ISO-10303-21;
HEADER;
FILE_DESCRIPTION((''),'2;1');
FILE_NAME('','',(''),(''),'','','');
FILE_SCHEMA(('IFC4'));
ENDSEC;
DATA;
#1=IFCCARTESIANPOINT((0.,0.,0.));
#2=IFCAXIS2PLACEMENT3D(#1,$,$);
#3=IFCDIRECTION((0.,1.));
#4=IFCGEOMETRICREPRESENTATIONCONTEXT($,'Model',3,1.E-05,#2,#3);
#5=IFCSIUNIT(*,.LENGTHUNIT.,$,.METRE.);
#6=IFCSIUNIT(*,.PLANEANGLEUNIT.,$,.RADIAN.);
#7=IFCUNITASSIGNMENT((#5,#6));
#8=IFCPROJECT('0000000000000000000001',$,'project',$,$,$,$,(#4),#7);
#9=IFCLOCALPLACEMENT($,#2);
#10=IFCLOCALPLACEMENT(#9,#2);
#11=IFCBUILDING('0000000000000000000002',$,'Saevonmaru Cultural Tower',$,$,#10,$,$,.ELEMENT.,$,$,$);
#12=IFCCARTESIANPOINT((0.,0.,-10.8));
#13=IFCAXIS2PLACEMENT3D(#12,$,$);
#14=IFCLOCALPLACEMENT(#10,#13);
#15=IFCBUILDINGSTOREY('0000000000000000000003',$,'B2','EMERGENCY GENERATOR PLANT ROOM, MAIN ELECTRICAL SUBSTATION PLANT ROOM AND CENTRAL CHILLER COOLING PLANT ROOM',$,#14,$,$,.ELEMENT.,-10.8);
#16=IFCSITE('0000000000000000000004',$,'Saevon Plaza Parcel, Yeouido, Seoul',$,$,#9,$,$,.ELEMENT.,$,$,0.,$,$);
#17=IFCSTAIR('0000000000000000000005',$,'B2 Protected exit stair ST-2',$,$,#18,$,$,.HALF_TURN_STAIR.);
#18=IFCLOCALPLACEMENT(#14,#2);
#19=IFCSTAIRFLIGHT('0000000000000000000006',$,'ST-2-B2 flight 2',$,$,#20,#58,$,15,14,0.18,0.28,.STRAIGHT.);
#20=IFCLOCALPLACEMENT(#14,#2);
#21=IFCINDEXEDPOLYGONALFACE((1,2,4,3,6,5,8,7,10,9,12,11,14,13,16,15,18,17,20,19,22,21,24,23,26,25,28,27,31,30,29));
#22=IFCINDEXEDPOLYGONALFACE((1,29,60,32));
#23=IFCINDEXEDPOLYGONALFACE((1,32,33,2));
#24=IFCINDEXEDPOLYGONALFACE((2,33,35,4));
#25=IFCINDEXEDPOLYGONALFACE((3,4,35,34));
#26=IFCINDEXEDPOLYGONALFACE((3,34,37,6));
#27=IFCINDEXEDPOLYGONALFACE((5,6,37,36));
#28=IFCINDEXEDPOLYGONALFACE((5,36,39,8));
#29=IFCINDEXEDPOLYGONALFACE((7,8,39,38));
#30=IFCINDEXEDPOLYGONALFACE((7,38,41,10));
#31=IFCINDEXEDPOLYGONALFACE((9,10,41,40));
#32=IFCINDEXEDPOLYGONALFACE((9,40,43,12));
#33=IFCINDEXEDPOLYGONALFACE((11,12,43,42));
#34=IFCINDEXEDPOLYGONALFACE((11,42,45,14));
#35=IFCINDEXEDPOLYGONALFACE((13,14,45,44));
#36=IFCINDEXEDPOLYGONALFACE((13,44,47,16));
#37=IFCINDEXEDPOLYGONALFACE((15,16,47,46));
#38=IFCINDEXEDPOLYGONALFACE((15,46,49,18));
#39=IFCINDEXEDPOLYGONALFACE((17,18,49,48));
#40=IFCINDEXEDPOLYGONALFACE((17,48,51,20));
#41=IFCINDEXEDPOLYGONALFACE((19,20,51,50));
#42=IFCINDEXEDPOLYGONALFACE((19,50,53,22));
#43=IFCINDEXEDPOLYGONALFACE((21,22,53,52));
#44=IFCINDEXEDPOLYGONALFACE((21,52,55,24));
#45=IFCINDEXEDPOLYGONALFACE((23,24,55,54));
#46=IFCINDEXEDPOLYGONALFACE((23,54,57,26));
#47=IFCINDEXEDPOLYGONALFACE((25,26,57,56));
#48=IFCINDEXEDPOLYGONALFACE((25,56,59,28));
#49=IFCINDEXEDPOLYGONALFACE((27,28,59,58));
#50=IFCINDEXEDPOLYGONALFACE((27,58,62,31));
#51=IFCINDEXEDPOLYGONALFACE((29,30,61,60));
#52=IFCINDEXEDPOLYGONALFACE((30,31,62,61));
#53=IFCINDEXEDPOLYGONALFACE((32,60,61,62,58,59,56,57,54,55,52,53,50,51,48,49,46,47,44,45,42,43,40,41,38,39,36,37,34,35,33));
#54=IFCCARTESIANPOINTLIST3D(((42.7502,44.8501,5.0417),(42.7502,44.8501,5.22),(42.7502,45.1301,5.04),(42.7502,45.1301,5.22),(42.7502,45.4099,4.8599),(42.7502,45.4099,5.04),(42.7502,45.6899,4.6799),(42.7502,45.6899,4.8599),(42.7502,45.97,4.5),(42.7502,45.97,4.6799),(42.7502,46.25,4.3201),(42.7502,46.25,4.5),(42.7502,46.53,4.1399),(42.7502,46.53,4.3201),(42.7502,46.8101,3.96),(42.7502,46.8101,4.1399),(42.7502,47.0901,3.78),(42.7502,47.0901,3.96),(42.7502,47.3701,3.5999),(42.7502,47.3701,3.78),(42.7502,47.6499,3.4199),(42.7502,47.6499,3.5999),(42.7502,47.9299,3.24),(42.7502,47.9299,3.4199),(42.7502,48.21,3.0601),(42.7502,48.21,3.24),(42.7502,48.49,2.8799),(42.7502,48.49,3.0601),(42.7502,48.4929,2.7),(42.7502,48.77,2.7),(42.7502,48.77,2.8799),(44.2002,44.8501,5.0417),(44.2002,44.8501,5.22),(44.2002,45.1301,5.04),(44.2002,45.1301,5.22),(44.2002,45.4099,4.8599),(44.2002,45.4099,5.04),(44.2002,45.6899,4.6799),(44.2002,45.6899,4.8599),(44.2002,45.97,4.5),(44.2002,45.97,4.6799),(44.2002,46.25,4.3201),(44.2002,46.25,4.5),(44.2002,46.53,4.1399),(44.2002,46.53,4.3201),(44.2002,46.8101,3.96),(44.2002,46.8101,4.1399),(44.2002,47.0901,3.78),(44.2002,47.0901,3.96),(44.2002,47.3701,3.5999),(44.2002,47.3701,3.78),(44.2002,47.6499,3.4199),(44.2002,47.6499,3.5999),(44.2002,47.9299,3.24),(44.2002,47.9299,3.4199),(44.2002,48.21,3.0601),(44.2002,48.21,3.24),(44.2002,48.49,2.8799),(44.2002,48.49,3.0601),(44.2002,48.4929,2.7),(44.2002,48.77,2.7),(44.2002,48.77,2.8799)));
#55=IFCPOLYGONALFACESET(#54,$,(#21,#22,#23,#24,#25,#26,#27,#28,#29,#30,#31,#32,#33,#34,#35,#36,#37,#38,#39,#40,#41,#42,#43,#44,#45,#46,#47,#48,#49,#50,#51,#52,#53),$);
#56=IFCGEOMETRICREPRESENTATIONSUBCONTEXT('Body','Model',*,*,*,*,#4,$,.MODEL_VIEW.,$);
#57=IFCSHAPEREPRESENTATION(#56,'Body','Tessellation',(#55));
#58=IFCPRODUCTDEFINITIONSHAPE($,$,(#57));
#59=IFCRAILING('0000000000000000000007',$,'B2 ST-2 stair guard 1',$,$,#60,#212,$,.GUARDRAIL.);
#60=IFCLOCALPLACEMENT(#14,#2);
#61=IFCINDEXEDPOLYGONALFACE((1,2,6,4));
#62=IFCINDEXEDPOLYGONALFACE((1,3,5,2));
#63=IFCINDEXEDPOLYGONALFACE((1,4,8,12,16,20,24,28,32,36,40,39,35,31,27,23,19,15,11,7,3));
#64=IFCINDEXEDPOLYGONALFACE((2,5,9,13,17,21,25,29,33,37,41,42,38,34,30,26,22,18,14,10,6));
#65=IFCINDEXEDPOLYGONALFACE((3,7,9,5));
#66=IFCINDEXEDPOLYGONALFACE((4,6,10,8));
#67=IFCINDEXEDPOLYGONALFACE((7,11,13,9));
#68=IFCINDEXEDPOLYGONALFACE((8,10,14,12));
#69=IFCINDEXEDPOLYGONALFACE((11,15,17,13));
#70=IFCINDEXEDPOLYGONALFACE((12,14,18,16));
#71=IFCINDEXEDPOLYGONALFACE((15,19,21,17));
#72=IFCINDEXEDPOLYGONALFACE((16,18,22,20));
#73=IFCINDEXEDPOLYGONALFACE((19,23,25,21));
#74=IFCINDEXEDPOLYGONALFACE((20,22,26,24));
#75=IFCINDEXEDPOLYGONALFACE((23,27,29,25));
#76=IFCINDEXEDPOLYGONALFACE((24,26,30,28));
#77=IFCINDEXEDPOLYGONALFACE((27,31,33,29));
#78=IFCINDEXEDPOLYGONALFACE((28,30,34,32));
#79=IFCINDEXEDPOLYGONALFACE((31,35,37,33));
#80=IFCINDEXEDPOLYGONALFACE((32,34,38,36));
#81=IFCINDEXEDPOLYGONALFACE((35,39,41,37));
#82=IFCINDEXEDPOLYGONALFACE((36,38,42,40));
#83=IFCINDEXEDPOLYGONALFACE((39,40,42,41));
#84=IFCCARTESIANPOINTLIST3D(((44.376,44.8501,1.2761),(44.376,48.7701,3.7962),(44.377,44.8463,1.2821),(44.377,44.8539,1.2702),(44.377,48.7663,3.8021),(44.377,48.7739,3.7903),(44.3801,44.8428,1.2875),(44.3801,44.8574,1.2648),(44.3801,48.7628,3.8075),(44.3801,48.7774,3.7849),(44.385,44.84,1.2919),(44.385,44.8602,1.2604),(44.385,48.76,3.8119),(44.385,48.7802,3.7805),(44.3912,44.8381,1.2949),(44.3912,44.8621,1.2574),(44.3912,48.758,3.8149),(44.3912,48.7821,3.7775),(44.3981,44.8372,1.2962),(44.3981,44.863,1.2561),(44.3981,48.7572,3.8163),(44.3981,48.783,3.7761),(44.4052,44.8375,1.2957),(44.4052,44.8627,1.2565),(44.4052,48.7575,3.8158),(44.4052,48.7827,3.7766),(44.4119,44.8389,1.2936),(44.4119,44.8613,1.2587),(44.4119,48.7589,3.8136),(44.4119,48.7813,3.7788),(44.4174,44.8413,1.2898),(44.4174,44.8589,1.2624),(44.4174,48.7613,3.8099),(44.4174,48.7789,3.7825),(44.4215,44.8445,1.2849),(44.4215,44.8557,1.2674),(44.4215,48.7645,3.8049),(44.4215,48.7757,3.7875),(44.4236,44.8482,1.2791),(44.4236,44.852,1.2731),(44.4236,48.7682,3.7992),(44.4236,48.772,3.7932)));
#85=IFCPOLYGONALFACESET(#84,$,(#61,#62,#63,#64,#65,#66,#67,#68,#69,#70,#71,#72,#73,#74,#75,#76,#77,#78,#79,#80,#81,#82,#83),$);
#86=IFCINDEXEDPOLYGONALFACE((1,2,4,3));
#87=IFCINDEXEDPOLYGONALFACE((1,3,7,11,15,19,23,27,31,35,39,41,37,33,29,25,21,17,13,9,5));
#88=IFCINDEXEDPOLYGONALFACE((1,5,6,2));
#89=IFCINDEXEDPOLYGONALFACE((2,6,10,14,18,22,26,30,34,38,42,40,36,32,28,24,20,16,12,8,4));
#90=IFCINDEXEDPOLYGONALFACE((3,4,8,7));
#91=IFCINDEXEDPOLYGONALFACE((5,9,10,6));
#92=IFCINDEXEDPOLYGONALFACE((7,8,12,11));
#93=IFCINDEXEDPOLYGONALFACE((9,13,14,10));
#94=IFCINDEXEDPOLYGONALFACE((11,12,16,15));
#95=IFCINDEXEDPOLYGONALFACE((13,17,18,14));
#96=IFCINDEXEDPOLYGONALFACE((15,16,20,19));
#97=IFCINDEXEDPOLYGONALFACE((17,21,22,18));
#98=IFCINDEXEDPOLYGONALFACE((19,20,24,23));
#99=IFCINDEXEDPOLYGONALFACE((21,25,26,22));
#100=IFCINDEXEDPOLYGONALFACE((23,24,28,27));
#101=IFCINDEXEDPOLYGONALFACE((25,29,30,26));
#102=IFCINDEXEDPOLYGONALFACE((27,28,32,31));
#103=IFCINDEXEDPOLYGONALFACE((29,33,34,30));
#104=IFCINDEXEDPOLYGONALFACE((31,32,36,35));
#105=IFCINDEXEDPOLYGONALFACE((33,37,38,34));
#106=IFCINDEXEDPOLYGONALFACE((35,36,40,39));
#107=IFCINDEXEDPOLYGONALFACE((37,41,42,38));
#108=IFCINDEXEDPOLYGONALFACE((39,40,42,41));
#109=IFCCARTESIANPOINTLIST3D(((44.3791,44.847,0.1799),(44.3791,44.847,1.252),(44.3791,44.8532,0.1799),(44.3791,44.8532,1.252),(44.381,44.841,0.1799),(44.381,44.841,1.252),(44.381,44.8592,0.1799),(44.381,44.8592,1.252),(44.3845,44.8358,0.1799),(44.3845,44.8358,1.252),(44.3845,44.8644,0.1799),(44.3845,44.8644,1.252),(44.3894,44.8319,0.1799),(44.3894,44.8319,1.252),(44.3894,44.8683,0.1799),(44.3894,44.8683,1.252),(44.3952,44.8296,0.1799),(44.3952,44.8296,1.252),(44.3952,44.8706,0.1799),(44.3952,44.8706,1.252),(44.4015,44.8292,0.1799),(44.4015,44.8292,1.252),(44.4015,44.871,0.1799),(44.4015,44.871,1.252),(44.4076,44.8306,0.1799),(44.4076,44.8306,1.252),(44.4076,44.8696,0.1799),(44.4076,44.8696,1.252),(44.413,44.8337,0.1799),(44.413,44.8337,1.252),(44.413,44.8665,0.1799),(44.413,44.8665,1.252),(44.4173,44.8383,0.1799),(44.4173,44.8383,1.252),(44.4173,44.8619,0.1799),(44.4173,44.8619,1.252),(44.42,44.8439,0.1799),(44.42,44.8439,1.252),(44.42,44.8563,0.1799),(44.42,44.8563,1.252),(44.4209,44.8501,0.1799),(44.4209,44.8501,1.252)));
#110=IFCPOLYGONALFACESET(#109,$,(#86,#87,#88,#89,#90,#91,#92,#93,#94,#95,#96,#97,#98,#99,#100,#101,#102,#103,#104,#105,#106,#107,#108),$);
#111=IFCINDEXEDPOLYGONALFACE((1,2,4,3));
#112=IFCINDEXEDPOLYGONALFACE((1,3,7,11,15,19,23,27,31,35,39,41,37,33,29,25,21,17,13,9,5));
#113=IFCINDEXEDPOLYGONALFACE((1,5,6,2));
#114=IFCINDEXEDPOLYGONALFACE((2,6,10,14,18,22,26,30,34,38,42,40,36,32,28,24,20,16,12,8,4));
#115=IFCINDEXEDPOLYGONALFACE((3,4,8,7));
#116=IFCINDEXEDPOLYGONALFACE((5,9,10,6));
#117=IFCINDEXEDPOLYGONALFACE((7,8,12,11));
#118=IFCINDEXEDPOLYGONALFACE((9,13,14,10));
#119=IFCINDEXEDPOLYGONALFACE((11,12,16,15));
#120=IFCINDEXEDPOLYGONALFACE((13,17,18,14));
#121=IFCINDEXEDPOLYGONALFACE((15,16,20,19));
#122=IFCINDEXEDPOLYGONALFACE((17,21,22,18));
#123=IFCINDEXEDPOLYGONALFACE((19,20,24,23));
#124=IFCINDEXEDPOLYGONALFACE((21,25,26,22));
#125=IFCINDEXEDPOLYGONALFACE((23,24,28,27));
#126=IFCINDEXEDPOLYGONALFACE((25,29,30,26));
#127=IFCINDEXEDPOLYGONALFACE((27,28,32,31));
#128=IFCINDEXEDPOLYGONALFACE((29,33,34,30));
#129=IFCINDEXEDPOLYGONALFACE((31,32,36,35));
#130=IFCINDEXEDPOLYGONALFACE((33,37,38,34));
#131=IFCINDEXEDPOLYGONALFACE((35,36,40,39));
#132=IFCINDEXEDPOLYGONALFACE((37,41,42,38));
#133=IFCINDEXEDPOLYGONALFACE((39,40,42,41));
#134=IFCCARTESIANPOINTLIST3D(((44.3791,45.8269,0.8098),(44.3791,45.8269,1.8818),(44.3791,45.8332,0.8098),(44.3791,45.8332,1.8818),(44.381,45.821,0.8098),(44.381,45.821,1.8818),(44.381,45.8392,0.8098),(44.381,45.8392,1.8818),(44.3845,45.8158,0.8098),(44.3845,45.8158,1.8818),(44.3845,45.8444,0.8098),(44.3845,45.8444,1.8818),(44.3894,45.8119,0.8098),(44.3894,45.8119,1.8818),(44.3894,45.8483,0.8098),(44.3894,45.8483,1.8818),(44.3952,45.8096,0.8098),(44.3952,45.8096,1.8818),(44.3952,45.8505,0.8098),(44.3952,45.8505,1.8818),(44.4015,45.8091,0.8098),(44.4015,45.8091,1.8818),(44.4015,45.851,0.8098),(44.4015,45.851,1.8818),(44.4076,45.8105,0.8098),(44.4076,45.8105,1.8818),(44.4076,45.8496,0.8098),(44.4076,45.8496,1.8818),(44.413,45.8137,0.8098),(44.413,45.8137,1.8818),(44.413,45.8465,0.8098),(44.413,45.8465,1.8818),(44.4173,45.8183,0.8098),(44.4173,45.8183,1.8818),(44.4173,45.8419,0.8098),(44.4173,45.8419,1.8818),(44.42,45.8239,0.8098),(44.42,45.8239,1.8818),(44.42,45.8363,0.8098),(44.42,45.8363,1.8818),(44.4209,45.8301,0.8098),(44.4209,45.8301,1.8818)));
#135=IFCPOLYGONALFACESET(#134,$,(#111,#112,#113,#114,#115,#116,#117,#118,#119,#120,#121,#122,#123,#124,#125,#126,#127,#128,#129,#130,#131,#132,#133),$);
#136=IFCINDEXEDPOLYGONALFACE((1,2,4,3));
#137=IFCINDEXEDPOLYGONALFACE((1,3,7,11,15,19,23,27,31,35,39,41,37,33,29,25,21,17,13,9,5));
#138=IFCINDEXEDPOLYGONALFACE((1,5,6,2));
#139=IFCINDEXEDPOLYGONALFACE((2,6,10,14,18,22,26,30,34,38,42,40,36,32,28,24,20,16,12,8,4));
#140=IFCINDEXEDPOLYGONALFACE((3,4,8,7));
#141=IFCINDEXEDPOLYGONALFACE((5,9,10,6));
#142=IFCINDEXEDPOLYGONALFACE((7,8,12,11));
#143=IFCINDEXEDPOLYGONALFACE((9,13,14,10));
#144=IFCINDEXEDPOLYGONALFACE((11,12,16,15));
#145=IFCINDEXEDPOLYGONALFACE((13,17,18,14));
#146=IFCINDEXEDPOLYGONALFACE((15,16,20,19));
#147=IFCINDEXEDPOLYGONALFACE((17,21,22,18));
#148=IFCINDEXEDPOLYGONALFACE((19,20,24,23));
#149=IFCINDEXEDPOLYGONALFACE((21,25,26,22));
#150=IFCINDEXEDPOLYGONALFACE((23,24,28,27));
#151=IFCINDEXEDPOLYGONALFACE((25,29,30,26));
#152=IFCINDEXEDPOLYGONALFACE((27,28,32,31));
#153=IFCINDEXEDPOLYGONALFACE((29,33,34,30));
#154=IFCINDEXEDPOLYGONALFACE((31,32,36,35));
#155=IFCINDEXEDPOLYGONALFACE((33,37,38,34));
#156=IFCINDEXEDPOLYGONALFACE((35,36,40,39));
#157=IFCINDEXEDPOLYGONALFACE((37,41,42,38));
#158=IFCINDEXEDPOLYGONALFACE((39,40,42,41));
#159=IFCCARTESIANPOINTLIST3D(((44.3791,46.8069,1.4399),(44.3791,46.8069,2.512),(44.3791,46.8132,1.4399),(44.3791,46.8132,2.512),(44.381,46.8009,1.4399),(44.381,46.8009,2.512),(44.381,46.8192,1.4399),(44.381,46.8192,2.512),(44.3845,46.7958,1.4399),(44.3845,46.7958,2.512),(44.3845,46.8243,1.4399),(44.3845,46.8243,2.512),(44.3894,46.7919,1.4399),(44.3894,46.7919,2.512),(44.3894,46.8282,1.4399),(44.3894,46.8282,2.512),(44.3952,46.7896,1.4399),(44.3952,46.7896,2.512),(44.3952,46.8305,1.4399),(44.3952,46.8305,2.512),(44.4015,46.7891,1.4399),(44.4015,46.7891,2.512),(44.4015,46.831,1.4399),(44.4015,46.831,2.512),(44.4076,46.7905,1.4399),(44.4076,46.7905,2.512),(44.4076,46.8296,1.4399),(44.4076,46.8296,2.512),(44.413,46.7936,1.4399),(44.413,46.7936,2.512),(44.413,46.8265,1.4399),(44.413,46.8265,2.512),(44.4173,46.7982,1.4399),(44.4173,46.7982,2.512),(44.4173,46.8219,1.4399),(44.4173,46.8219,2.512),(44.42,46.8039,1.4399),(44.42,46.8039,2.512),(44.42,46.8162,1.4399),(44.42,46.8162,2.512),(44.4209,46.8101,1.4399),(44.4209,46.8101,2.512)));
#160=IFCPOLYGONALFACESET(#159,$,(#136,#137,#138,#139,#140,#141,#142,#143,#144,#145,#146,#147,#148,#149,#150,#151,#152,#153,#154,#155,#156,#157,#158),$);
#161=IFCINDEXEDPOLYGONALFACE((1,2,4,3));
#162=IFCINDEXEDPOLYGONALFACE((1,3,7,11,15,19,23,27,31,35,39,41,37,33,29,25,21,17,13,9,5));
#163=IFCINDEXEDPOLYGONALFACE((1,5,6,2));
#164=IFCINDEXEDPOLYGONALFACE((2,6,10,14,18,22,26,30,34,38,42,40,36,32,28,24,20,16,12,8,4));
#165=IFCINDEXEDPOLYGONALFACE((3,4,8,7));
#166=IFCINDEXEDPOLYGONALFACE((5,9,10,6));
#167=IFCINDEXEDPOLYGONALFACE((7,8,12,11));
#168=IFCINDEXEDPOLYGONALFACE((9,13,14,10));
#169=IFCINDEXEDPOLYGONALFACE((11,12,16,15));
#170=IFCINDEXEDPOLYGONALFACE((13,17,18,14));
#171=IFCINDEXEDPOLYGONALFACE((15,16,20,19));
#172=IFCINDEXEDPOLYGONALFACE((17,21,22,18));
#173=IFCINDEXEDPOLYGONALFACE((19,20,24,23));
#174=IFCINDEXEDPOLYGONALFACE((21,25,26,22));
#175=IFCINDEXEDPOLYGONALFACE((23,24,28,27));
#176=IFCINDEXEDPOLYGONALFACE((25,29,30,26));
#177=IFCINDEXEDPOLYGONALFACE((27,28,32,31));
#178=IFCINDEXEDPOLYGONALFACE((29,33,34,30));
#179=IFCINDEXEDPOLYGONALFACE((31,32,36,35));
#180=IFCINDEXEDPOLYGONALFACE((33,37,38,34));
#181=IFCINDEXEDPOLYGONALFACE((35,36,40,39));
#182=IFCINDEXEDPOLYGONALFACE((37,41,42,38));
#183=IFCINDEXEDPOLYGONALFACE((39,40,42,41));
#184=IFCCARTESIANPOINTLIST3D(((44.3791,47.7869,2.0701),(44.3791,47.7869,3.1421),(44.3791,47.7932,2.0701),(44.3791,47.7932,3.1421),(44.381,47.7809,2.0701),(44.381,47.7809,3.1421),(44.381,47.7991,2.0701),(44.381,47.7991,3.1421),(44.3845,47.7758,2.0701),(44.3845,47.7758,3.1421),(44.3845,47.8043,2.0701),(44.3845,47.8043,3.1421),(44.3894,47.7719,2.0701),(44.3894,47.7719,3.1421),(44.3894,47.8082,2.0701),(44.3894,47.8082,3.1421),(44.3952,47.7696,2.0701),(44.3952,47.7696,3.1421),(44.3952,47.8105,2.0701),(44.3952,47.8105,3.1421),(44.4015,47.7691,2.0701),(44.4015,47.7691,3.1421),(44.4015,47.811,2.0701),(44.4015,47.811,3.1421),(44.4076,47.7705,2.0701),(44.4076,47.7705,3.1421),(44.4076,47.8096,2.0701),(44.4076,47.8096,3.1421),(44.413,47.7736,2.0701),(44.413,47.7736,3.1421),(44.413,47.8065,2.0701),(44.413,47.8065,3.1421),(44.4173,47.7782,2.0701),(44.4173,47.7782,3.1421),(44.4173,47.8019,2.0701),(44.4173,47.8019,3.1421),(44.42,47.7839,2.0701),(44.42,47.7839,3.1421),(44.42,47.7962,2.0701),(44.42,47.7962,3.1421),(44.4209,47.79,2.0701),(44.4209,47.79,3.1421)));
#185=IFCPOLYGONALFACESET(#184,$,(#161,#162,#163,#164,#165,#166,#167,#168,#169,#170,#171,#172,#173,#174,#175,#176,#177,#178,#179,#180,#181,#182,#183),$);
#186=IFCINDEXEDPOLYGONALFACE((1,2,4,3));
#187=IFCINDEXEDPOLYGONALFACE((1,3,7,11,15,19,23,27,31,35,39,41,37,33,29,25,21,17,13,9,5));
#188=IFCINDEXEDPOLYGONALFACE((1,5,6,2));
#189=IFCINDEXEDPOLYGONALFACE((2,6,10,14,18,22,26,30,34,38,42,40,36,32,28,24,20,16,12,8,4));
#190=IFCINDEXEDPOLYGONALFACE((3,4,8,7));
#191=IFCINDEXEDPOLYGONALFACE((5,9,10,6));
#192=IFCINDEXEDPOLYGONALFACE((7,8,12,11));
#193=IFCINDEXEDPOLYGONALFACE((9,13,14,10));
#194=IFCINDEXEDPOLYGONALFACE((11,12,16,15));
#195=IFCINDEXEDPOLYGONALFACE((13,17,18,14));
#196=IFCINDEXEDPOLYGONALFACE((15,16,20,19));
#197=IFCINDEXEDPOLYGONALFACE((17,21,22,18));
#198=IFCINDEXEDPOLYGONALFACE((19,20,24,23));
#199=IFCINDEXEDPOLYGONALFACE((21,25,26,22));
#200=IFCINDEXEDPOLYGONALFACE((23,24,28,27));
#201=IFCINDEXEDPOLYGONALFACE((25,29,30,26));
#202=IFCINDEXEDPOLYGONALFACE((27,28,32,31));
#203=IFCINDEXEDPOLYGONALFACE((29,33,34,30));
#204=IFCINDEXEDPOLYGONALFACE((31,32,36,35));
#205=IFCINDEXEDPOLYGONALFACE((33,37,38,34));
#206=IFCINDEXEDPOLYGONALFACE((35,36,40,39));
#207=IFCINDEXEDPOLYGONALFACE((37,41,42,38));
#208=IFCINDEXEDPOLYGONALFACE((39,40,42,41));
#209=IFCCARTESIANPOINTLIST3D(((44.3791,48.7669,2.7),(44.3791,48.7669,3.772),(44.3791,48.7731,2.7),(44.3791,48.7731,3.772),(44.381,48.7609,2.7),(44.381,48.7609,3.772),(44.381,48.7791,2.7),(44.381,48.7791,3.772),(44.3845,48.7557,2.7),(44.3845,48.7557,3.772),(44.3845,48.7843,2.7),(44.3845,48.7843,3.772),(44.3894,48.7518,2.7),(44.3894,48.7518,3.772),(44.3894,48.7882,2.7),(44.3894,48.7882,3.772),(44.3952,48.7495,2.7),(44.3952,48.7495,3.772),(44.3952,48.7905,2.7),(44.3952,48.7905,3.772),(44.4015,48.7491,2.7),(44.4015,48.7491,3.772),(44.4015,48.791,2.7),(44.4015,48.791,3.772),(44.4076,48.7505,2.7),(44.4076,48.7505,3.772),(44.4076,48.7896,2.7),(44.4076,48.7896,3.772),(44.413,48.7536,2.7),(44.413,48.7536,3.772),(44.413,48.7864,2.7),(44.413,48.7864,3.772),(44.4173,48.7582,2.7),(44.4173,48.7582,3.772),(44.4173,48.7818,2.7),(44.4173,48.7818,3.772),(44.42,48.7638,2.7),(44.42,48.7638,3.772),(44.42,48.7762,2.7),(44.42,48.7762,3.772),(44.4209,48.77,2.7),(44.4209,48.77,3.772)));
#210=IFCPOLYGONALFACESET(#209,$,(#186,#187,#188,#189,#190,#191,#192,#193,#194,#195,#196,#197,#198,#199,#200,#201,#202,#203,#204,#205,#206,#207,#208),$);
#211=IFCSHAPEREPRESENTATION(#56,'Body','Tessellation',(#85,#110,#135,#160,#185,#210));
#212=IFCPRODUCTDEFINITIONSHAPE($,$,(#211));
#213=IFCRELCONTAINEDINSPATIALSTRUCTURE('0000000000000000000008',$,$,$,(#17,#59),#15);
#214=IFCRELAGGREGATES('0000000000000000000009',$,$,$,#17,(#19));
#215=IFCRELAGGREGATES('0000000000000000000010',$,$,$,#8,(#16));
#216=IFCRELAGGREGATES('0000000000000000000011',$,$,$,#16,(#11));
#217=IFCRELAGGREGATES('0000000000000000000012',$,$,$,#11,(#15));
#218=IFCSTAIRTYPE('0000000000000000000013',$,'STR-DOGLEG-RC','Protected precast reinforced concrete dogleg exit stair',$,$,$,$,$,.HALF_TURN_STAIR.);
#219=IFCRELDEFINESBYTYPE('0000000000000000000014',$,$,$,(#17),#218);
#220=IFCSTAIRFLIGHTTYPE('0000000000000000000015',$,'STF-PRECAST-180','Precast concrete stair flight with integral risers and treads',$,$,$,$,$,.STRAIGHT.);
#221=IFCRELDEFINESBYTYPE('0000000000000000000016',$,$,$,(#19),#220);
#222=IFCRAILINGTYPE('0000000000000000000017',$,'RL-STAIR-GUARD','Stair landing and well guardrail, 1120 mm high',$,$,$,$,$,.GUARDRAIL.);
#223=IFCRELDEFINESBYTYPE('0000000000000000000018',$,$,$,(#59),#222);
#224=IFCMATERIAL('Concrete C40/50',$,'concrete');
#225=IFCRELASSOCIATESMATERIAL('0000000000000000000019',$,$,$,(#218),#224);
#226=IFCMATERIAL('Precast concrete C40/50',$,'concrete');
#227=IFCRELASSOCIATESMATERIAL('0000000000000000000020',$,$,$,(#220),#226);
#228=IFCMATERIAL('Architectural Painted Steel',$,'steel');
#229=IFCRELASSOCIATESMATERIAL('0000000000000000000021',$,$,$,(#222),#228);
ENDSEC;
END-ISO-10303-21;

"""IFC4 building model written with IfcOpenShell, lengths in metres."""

from ifc_helpers import new_model, si_unit, direction, frame, origin, origin_2d, place, context, subcontext, project, spatial, polyline, circle, outline, extrude, material, type_object, element, aggregate, save


model = new_model("IFC4")

# Units and contexts
model_context = context("Model", 3, precision=1e-05, world=origin(), true_north=direction((0.0, 1.0)))
body_context = subcontext(model_context, "Body", "Model", "MODEL_VIEW")
ifc_project = project(units=[si_unit("LENGTHUNIT", "METRE"), si_unit("PLANEANGLEUNIT", "RADIAN")], contexts=[model_context])

# Site, building, storey
site_placement = place(None, origin())
site = spatial("IfcSite", under=ifc_project, at=site_placement, Name="Saevon Plaza Parcel, Yeouido, Seoul", CompositionType="ELEMENT", RefElevation=0.0)
building_placement = place(site_placement, origin())
building = spatial("IfcBuilding", under=site, at=building_placement, Name="Saevonmaru Cultural Tower", CompositionType="ELEMENT")
storey_placement = place(building_placement, frame((0.0, 0.0, -10.8)))
storey = spatial("IfcBuildingStorey", under=building, at=storey_placement, Name="B2", Description="EMERGENCY GENERATOR PLANT ROOM, MAIN ELECTRICAL SUBSTATION PLANT ROOM AND CENTRAL CHILLER COOLING PLANT ROOM", CompositionType="ELEMENT", Elevation=-10.8)

# Shared definitions
ifc_material_1 = material(Name="Concrete C40/50", Category="concrete")

# Stair, stair flight
stair_type = type_object("IfcStairType", Name="STR-DOGLEG-RC", Description="Protected precast reinforced concrete dogleg exit stair", PredefinedType="HALF_TURN_STAIR", material=ifc_material_1)
stair_placement = place(storey_placement, origin())
stair = element("IfcStair", 1, at=stair_placement, inside=storey, type_object=stair_type, Name="B2 Protected exit stair ST-2", PredefinedType="HALF_TURN_STAIR")
ifc_material_2 = material(Name="Precast concrete C40/50", Category="concrete")
stair_flight_type = type_object("IfcStairFlightType", Name="STF-PRECAST-180", Description="Precast concrete stair flight with integral risers and treads", PredefinedType="STRAIGHT", material=ifc_material_2)
stair_flight_1_placement = place(storey_placement, frame((43.4751, 48.77, 2.7), z_axis=(0.0, 0.0, 1.0), x_axis=(0.0, -1.0, 0.0)))
stair_flight_1 = element("IfcStairFlight", 2, at=stair_flight_1_placement, type_object=stair_flight_type, Name="ST-2-B2 flight 2", NumberOfRisers=15, NumberOfTreads=14, PredefinedType="STRAIGHT", RiserHeight=0.18, TreadLength=0.28, context=body_context, shape_type="SweptSolid", body=[
    extrude(outline(polyline([(0.0, 0.0), (0.0, 0.1799), (0.28, 0.1799), (0.28, 0.3601), (0.5601, 0.3601), (0.5601, 0.54), (0.8401, 0.54), (0.8401, 0.72), (1.1201, 0.72), (1.1201, 0.8999), (1.3999, 0.8999), (1.3999, 1.0801), (1.6799, 1.0801), (1.6799, 1.26), (1.96, 1.26), (1.96, 1.4399), (2.24, 1.4399), (2.24, 1.6201), (2.52, 1.6201), (2.52, 1.8), (2.8, 1.8), (2.8, 1.98), (3.0801, 1.98), (3.0801, 2.1599), (3.3601, 2.1599), (3.3601, 2.3401), (3.6399, 2.3401), (3.6399, 2.52), (3.9199, 2.52), (3.9199, 2.7), (3.9199, 2.3418), (0.2771, 0.0), (0.0, 0.0)])), frame((0.0, 0.7251, 0.0), z_axis=(0.0, -1.0, 0.0), x_axis=(1.0, 0.0, 0.0)), (0.0, 0.0, 1.0), 1.45),
])
aggregate(stair, [stair_flight_1])

# Railing
ifc_material_3 = material(Name="Architectural Painted Steel", Category="steel")
railing_type_1 = type_object("IfcRailingType", Name="RL-STAIR-GUARD", Description="Stair landing and well guardrail, 1120 mm high", PredefinedType="GUARDRAIL", material=ifc_material_3)
railing_1_placement = place(storey_placement, frame((44.3999, 44.8501, 0.1799)))
element("IfcRailing", 3, at=railing_1_placement, inside=storey, type_object=railing_type_1, Name="B2 ST-2 stair guard 1", PredefinedType="GUARDRAIL", context=body_context, shape_type="SweptSolid", body=[
    extrude(circle(Radius=0.0239, at=origin_2d()), frame((0.0, 0.0, 1.0962), z_axis=(0.0, 0.841172, 0.540768), x_axis=(-1.0, 0.0, 0.0)), (0.0, 0.0, 1.0), 4.6602),
    extrude(circle(Radius=0.021, at=origin_2d()), origin(), (0.0, 0.0, 1.0), 1.072),
    extrude(circle(Radius=0.021, at=origin_2d()), frame((0.0, 0.98, 0.6299)), (0.0, 0.0, 1.0), 1.072),
    extrude(circle(Radius=0.021, at=origin_2d()), frame((0.0, 1.96, 1.26)), (0.0, 0.0, 1.0), 1.072),
    extrude(circle(Radius=0.021, at=origin_2d()), frame((0.0, 2.9399, 1.8901)), (0.0, 0.0, 1.0), 1.072),
    extrude(circle(Radius=0.021, at=origin_2d()), frame((0.0, 3.9199, 2.52)), (0.0, 0.0, 1.0), 1.072),
])

save(model, "model.ifc")
